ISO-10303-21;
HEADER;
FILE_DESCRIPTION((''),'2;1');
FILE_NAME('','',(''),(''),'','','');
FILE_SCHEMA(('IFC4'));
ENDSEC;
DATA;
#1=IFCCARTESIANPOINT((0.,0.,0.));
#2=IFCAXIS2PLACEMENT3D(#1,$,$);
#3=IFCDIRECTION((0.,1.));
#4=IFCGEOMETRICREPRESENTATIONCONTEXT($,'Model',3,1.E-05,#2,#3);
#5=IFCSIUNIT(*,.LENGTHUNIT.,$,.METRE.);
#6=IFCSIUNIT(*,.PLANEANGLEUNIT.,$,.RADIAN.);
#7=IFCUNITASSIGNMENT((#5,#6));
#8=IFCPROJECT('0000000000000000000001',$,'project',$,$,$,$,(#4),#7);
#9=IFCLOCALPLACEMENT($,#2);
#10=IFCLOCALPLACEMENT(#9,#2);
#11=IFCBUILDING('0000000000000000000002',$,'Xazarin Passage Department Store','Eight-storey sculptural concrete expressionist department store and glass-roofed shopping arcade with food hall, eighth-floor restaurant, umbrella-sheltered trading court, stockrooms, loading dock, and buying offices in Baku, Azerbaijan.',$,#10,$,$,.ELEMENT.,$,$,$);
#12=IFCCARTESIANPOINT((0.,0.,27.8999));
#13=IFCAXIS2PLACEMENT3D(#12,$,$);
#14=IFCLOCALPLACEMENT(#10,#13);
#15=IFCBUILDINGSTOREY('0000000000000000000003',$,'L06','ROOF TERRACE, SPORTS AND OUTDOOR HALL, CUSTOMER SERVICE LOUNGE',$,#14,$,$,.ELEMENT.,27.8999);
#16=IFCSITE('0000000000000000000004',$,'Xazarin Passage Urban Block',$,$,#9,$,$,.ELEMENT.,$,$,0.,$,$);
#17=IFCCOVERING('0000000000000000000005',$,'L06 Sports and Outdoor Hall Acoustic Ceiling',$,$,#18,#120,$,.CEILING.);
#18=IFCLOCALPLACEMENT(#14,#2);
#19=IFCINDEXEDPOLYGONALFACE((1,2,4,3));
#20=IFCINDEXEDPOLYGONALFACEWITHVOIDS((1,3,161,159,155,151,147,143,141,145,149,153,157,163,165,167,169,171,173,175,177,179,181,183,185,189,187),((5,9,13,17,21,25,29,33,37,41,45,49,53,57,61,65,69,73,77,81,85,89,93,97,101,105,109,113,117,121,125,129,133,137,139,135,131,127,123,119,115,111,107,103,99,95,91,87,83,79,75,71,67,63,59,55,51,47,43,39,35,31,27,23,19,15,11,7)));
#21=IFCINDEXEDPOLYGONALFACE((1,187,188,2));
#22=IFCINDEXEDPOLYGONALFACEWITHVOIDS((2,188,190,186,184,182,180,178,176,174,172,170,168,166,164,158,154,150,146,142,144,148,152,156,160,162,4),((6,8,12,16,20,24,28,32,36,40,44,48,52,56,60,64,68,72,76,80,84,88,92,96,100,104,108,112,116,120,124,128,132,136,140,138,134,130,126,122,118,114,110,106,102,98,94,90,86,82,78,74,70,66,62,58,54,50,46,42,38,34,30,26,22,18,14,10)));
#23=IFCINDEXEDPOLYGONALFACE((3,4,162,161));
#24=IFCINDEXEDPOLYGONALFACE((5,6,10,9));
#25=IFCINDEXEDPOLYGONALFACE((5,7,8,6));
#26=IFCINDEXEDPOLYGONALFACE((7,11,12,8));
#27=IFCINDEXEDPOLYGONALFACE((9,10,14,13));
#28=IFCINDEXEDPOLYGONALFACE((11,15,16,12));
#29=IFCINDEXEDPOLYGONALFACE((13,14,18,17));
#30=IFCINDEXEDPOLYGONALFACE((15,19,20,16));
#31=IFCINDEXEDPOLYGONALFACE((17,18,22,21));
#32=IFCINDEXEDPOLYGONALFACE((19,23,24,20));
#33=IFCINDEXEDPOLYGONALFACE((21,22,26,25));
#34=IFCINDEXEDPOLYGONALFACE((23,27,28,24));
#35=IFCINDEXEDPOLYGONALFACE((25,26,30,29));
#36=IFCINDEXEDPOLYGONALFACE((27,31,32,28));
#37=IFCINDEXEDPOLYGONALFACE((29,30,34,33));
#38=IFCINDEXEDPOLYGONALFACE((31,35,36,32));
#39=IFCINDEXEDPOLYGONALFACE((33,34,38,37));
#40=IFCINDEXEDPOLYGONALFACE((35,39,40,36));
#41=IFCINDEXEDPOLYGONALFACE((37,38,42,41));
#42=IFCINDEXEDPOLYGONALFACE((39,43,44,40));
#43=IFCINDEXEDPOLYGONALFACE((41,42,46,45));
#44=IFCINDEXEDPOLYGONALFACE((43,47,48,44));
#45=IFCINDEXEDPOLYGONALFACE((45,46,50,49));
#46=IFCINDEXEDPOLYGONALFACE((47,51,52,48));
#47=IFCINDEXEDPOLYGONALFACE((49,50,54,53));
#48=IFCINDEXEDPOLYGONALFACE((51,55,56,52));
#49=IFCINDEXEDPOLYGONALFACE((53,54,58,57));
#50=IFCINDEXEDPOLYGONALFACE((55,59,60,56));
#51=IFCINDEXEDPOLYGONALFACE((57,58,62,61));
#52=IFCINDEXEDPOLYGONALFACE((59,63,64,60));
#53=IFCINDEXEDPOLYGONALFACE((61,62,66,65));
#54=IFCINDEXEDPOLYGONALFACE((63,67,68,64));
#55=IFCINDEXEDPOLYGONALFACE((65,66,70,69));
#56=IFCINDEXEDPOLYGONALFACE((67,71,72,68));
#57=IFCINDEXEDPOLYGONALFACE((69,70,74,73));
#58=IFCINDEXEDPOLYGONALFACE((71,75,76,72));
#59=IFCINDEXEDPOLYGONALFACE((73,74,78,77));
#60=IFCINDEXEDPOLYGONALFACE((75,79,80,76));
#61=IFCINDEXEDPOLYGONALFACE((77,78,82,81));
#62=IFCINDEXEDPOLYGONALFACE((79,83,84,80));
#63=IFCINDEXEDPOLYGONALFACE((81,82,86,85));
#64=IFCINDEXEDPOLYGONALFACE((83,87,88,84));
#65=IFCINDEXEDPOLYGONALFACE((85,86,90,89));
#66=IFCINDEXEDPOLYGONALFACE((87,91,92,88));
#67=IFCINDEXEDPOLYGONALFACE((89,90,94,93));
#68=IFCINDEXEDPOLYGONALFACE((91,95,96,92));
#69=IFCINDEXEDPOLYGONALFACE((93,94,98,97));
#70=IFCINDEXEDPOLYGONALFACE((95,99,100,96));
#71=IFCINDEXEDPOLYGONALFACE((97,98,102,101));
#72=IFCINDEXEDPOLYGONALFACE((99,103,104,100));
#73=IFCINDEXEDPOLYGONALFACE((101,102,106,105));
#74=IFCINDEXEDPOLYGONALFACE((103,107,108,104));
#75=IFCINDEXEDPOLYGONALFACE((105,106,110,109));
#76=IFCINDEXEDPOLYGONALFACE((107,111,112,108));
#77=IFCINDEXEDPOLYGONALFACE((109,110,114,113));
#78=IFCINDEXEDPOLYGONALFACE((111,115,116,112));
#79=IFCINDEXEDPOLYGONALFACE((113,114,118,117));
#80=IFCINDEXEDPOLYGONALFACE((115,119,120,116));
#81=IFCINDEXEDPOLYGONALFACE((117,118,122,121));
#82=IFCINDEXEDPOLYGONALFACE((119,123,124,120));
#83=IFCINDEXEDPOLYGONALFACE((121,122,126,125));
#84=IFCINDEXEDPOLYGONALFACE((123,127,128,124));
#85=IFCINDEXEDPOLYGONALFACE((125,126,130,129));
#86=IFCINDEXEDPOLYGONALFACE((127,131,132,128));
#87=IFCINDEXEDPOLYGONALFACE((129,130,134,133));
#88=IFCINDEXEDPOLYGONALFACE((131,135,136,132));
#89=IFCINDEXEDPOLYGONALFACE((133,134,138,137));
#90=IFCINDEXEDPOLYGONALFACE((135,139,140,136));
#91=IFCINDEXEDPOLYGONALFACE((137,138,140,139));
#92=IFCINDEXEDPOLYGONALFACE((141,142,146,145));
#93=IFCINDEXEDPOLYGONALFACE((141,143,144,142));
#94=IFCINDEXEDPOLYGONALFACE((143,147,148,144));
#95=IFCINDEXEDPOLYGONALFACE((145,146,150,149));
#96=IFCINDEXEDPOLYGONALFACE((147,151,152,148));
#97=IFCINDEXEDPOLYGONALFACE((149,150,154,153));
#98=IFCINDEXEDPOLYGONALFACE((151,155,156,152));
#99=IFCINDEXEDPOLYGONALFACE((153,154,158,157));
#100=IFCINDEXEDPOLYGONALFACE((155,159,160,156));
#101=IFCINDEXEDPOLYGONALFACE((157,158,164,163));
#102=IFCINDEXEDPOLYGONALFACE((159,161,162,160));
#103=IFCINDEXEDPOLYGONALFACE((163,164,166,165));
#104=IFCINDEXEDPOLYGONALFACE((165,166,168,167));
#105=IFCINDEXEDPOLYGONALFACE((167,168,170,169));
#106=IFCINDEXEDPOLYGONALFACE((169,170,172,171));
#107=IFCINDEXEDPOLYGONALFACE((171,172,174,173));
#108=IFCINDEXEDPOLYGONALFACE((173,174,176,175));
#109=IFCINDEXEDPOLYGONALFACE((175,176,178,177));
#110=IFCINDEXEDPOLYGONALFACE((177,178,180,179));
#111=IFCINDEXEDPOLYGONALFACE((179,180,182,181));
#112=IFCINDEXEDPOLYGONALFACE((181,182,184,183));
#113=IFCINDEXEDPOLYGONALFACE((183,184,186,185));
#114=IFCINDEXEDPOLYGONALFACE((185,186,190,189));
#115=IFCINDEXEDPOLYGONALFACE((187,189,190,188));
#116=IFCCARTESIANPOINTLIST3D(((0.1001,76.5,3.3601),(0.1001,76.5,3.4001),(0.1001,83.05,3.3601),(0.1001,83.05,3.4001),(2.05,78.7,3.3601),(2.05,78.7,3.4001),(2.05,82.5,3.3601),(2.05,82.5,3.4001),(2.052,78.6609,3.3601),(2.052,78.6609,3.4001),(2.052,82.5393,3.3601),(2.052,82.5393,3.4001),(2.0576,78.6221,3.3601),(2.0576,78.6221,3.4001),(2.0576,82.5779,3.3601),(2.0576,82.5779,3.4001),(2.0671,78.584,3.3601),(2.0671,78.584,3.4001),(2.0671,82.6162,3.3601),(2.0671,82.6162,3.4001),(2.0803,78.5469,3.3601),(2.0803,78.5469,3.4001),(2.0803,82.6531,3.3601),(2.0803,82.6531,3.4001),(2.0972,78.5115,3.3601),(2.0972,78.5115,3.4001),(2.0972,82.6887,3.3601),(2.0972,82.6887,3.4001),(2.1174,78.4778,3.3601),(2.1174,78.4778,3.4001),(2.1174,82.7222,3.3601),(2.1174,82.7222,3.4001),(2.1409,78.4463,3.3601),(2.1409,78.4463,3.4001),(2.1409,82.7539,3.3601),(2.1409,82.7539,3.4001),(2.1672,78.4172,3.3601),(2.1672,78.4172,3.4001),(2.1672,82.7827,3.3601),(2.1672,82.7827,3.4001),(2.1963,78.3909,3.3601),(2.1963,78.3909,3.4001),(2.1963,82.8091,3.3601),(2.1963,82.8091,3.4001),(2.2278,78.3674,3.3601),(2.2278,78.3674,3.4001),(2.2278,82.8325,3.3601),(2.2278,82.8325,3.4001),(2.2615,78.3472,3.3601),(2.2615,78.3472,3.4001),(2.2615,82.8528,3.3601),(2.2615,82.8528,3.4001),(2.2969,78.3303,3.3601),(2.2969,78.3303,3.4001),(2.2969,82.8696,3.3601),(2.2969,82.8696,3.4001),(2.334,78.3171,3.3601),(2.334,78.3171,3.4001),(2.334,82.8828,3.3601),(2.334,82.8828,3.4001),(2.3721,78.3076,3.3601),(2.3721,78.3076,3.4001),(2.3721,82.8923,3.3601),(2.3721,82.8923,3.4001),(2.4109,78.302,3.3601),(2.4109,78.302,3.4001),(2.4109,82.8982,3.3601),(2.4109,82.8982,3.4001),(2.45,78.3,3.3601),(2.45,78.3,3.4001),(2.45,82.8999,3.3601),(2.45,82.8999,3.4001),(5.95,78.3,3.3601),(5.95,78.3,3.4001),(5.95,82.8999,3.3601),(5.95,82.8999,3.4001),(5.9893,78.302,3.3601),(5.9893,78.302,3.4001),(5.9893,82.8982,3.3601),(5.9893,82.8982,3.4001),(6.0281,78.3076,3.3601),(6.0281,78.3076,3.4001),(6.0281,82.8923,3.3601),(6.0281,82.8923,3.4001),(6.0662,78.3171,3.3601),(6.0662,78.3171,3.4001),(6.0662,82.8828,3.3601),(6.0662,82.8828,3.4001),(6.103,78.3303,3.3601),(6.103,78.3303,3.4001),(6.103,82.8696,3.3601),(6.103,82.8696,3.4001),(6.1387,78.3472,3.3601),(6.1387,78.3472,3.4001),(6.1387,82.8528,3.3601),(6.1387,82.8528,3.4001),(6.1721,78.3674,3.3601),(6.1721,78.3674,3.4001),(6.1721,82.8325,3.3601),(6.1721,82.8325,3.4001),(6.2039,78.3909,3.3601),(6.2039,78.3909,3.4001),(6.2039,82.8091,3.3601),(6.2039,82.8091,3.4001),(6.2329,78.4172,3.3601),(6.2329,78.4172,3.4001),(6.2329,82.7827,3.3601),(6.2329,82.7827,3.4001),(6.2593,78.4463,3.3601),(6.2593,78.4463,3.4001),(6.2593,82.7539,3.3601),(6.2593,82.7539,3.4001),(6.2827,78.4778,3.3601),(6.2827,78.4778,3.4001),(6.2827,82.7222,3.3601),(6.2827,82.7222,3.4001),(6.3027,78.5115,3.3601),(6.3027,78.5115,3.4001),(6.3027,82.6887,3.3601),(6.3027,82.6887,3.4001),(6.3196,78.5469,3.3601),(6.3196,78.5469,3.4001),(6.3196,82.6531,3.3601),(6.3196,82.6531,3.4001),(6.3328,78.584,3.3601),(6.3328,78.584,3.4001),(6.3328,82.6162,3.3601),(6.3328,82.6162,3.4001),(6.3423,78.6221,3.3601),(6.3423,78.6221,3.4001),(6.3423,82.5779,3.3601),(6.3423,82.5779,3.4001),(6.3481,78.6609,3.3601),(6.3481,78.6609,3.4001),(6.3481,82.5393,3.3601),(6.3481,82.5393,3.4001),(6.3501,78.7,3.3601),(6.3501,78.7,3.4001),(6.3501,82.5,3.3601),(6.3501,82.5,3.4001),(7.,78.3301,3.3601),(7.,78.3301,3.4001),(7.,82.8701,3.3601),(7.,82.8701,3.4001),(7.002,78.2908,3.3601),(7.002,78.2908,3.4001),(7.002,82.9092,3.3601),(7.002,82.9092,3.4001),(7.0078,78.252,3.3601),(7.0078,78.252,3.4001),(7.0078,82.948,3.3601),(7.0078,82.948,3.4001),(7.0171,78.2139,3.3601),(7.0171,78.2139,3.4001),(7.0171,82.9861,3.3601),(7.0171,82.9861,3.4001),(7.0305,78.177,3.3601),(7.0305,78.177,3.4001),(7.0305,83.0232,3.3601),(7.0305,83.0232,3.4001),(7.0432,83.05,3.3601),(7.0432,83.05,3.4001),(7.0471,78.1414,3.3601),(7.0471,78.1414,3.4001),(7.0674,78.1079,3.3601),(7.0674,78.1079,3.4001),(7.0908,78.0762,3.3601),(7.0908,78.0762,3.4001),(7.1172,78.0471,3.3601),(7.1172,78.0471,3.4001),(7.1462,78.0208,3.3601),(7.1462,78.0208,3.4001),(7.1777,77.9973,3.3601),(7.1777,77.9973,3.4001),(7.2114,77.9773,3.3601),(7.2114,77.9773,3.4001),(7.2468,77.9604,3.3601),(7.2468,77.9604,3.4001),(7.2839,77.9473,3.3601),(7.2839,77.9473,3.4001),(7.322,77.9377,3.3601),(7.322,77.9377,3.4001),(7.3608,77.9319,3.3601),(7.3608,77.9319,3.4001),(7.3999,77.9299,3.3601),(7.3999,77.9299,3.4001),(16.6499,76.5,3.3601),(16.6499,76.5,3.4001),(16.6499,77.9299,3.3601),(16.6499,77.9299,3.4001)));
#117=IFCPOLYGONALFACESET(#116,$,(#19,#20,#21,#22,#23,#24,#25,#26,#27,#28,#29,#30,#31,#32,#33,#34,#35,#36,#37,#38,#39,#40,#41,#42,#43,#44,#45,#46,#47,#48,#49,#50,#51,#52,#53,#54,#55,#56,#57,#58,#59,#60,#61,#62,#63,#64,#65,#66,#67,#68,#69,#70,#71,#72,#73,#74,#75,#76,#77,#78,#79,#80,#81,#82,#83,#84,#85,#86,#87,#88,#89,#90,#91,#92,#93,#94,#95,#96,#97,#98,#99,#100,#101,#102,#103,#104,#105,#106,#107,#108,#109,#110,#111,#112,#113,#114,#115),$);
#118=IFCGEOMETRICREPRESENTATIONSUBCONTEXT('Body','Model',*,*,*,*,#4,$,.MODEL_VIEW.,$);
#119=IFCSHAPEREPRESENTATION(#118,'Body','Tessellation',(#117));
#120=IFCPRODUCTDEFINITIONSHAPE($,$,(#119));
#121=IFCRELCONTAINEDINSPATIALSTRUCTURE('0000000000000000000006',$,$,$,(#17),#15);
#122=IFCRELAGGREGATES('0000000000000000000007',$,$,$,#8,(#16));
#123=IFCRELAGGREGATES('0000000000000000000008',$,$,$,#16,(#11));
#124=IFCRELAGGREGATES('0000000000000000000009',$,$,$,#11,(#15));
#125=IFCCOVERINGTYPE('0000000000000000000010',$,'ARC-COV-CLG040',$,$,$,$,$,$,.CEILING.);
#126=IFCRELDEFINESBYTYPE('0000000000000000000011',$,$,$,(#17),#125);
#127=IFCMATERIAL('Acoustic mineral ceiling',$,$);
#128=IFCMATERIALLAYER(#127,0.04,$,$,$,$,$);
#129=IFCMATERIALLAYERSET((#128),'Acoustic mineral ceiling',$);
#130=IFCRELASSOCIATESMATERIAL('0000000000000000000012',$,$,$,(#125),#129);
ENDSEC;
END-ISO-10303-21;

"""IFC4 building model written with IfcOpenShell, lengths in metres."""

from ifc_helpers import new_model, si_unit, direction, frame, origin, place, context, subcontext, project, spatial, polyline, outline, extrude, material, layer, layer_set, type_object, element, save


model = new_model("IFC4")

# Units and contexts
model_context = context("Model", 3, precision=1e-05, world=origin(), true_north=direction((0.0, 1.0)))
body_context = subcontext(model_context, "Body", "Model", "MODEL_VIEW")
ifc_project = project(units=[si_unit("LENGTHUNIT", "METRE"), si_unit("PLANEANGLEUNIT", "RADIAN")], contexts=[model_context])

# Site, building, storey
site_placement = place(None, origin())
site = spatial("IfcSite", under=ifc_project, at=site_placement, Name="Xazarin Passage Urban Block", CompositionType="ELEMENT", RefElevation=0.0)
building_placement = place(site_placement, origin())
building = spatial("IfcBuilding", under=site, at=building_placement, Name="Xazarin Passage Department Store", Description="Eight-storey sculptural concrete expressionist department store and glass-roofed shopping arcade with food hall, eighth-floor restaurant, umbrella-sheltered trading court, stockrooms, loading dock, and buying offices in Baku, Azerbaijan.", CompositionType="ELEMENT")
storey_placement = place(building_placement, frame((0.0, 0.0, 27.8999)))
storey = spatial("IfcBuildingStorey", under=building, at=storey_placement, Name="L06", Description="ROOF TERRACE, SPORTS AND OUTDOOR HALL, CUSTOMER SERVICE LOUNGE", CompositionType="ELEMENT", Elevation=27.8999)

# Covering
ifc_material_1 = material(Name="Acoustic mineral ceiling")
ifc_layer_1 = layer(ifc_material_1, 0.04)
ifc_layer_set_1 = layer_set([ifc_layer_1], Name="Acoustic mineral ceiling")
covering_type_1 = type_object("IfcCoveringType", Name="ARC-COV-CLG040", PredefinedType="CEILING", material=ifc_layer_set_1)
covering_1_placement = place(storey_placement, frame((0.0, 0.0, 3.3601)))
element("IfcCovering", 1, at=covering_1_placement, inside=storey, type_object=covering_type_1, Name="L06 Sports and Outdoor Hall Acoustic Ceiling", PredefinedType="CEILING", context=body_context, shape_type="SweptSolid", body=[
    extrude(outline(polyline([(16.6499, 77.9299), (7.3999, 77.9299), (7.3608, 77.9319), (7.322, 77.9377), (7.2839, 77.9473), (7.2468, 77.9604), (7.2114, 77.9773), (7.1777, 77.9973), (7.1462, 78.0208), (7.1172, 78.0471), (7.0908, 78.0762), (7.0674, 78.1079), (7.0471, 78.1414), (7.0305, 78.177), (7.0171, 78.2139), (7.0078, 78.252), (7.002, 78.2908), (7.0, 78.3301), (7.0, 82.8701), (7.002, 82.9092), (7.0078, 82.948), (7.0171, 82.9861), (7.0305, 83.0232), (7.0432, 83.05), (0.1001, 83.05), (0.1001, 76.5), (16.6499, 76.5), (16.6499, 77.9299)]), holes=[polyline([(2.45, 78.3), (2.4109, 78.302), (2.3721, 78.3076), (2.334, 78.3171), (2.2969, 78.3303), (2.2615, 78.3472), (2.2278, 78.3674), (2.1963, 78.3909), (2.1672, 78.4172), (2.1409, 78.4463), (2.1174, 78.4778), (2.0972, 78.5115), (2.0803, 78.5469), (2.0671, 78.584), (2.0576, 78.6221), (2.052, 78.6609), (2.05, 78.7), (2.05, 82.5), (2.052, 82.5393), (2.0576, 82.5779), (2.0671, 82.6162), (2.0803, 82.6531), (2.0972, 82.6887), (2.1174, 82.7222), (2.1409, 82.7539), (2.1672, 82.7827), (2.1963, 82.8091), (2.2278, 82.8325), (2.2615, 82.8528), (2.2969, 82.8696), (2.334, 82.8828), (2.3721, 82.8923), (2.4109, 82.8982), (2.45, 82.8999), (5.95, 82.8999), (5.9893, 82.8982), (6.0281, 82.8923), (6.0662, 82.8828), (6.103, 82.8696), (6.1387, 82.8528), (6.1721, 82.8325), (6.2039, 82.8091), (6.2329, 82.7827), (6.2593, 82.7539), (6.2827, 82.7222), (6.3027, 82.6887), (6.3196, 82.6531), (6.3328, 82.6162), (6.3423, 82.5779), (6.3481, 82.5393), (6.3501, 82.5), (6.3501, 78.7), (6.3481, 78.6609), (6.3423, 78.6221), (6.3328, 78.584), (6.3196, 78.5469), (6.3027, 78.5115), (6.2827, 78.4778), (6.2593, 78.4463), (6.2329, 78.4172), (6.2039, 78.3909), (6.1721, 78.3674), (6.1387, 78.3472), (6.103, 78.3303), (6.0662, 78.3171), (6.0281, 78.3076), (5.9893, 78.302), (5.95, 78.3), (2.45, 78.3)])]), origin(), (0.0, 0.0, 1.0), 0.04),
])

save(model, "model.ifc")
